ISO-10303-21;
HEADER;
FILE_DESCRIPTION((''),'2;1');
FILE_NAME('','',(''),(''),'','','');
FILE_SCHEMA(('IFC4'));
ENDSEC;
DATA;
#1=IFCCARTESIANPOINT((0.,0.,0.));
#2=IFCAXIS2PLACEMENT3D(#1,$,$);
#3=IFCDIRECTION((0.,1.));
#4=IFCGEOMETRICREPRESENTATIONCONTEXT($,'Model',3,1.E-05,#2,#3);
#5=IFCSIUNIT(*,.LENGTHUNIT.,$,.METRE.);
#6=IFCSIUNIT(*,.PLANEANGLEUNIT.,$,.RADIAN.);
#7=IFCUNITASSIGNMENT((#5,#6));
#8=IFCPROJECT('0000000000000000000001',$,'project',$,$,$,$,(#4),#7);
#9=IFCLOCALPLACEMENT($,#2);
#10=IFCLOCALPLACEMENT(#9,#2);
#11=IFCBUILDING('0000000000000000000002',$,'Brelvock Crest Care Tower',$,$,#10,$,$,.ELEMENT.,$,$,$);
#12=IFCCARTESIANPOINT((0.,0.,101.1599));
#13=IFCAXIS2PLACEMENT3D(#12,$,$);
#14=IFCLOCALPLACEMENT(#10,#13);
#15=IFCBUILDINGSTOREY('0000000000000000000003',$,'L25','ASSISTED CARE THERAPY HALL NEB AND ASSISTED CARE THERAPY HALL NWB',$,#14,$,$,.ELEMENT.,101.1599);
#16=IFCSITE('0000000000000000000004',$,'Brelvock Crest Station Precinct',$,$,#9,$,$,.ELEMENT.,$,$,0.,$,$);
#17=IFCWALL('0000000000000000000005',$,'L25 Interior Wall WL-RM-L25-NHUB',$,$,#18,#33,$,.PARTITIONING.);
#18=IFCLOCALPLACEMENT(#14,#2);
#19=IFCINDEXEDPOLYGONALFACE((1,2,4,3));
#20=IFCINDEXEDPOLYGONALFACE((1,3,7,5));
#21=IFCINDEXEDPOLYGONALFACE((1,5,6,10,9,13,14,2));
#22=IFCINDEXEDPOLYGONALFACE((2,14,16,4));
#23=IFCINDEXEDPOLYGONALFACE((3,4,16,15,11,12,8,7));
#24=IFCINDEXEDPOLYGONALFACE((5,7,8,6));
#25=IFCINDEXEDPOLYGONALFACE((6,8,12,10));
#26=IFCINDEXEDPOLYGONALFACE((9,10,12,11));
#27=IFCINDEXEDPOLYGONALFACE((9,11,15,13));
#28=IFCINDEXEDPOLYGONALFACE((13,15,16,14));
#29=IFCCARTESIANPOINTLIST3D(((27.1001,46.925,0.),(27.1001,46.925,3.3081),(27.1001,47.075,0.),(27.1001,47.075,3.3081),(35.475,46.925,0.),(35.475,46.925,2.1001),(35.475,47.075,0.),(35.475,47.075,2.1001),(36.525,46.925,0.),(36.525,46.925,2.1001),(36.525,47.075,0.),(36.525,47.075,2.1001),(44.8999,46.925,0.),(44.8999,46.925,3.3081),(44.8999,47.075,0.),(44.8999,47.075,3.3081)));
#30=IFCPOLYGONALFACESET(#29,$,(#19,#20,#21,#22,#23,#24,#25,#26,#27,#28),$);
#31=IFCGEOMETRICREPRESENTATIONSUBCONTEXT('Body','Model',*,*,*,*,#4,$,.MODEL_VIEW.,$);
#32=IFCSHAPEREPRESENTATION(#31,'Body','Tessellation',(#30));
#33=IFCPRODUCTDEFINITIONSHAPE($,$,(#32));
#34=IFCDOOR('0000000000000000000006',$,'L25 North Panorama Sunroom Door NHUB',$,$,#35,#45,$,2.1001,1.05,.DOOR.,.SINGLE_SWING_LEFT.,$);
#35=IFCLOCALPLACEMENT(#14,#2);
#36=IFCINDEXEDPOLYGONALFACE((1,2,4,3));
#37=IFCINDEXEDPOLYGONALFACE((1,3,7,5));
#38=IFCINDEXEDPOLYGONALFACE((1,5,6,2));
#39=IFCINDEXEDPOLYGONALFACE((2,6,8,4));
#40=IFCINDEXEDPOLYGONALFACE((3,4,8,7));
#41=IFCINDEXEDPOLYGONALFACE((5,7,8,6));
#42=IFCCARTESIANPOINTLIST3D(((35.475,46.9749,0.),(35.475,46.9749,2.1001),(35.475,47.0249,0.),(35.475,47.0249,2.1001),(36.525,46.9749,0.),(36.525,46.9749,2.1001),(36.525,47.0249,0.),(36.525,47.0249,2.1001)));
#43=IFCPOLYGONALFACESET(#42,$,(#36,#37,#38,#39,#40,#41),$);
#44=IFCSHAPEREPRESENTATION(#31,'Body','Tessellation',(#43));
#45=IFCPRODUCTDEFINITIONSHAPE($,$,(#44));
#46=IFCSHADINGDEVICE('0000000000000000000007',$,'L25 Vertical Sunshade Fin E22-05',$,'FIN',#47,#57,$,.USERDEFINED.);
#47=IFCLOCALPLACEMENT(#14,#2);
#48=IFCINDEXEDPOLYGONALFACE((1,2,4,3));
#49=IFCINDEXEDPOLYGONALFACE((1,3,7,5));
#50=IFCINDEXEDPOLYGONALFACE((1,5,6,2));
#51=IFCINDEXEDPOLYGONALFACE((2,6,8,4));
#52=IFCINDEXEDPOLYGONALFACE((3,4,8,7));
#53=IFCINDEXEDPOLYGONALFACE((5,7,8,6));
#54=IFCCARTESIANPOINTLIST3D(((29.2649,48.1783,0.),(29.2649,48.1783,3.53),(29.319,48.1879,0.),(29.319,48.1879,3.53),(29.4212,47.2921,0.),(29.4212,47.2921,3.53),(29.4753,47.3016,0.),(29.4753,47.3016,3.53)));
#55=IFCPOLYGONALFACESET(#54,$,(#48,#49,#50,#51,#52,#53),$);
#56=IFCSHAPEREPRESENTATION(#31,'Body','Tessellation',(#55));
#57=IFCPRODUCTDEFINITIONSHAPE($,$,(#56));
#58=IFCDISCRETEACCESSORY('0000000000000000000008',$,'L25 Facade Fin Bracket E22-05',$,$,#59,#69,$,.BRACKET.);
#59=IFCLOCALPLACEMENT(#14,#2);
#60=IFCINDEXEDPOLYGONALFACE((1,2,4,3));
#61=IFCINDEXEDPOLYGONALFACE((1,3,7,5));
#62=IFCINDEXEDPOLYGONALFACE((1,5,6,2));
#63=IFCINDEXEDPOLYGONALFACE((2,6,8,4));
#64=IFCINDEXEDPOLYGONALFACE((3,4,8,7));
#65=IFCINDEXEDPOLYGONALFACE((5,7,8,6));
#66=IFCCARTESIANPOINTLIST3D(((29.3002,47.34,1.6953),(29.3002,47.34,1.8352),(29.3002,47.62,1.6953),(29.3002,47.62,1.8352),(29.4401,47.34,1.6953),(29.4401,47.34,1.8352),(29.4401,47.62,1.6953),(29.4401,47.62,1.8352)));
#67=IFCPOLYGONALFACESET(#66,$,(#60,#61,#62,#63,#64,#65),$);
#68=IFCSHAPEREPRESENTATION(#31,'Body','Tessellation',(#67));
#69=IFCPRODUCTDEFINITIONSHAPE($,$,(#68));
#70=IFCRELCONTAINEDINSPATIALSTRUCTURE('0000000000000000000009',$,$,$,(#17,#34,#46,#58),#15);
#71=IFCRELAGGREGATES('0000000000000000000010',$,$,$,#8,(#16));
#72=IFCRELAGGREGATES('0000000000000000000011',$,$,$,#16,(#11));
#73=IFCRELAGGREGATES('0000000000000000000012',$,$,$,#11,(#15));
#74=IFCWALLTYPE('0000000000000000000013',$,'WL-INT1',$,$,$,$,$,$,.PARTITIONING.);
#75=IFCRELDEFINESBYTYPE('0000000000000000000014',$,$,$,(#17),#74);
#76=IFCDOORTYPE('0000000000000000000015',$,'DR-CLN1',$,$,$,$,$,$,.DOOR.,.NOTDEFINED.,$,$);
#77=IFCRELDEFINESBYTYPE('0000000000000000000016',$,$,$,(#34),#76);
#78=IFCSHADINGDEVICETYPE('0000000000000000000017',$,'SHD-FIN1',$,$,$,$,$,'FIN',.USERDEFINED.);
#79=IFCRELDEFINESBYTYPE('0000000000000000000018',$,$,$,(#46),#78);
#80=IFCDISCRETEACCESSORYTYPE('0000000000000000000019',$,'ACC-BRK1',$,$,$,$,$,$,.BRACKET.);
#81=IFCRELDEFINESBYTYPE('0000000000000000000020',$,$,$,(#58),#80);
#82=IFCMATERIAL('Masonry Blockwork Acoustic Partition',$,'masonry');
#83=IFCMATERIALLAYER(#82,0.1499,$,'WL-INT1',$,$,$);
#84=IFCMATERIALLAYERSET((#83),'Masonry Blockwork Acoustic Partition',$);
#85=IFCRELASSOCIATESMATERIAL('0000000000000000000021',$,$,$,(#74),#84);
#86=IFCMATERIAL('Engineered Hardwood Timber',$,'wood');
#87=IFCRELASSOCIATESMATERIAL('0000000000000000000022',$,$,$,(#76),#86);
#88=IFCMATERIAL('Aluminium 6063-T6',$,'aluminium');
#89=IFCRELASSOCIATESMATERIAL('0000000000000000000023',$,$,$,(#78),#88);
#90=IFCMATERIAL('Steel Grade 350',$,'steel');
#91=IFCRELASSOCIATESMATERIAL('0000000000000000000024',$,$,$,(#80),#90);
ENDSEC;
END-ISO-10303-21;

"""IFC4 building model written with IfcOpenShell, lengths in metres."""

from ifc_helpers import new_model, si_unit, direction, frame, frame_2d, origin, origin_2d, place, context, subcontext, project, spatial, rectangle, extrude, source, transform, mapped, material, layer, layer_set, material_profile, profile_set, type_object, element, fill, save


model = new_model("IFC4")

# Units and contexts
model_context = context("Model", 3, precision=1e-05, world=origin(), true_north=direction((0.0, 1.0)))
body_context = subcontext(model_context, "Body", "Model", "MODEL_VIEW")
ifc_project = project(units=[si_unit("LENGTHUNIT", "METRE"), si_unit("PLANEANGLEUNIT", "RADIAN")], contexts=[model_context])

# Site, building, storey
site_placement = place(None, origin())
site = spatial("IfcSite", under=ifc_project, at=site_placement, Name="Brelvock Crest Station Precinct", CompositionType="ELEMENT", RefElevation=0.0)
building_placement = place(site_placement, origin())
building = spatial("IfcBuilding", under=site, at=building_placement, Name="Brelvock Crest Care Tower", CompositionType="ELEMENT")
storey_placement = place(building_placement, frame((0.0, 0.0, 101.1599)))
storey = spatial("IfcBuildingStorey", under=building, at=storey_placement, Name="L25", Description="ASSISTED CARE THERAPY HALL NEB AND ASSISTED CARE THERAPY HALL NWB", CompositionType="ELEMENT", Elevation=101.1599)

# Shared definitions
ifc_material_1 = material(Name="Steel Grade 350", Category="steel")

# Shared definitions
ifc_material_2 = material(Name="Aluminium 6063-T6", Category="aluminium")

# Shared definitions
ifc_material_3 = material(Name="Masonry Blockwork Acoustic Partition", Category="masonry")
ifc_layer_1 = layer(ifc_material_3, 0.1499, Name="WL-INT1")
ifc_layer_set_1 = layer_set([ifc_layer_1], Name="Masonry Blockwork Acoustic Partition")
wall_type_1 = type_object("IfcWallType", Name="WL-INT1", PredefinedType="PARTITIONING", material=ifc_layer_set_1)

# Wall, opening, door
wall_1_placement = place(storey_placement, frame((27.1001, 47.0, 0.0), z_axis=(0.0, 0.0, 1.0), x_axis=(1.0, 0.0, 0.0)))
wall_1 = element("IfcWall", 1, at=wall_1_placement, inside=storey, type_object=wall_type_1, Name="L25 Interior Wall WL-RM-L25-NHUB", PredefinedType="PARTITIONING", context=body_context, shape_type="SweptSolid", body=[
    extrude(rectangle(XDim=17.7998, YDim=0.1499, at=frame_2d((8.8999, 0.0))), origin(), (0.0, 0.0, 1.0), 3.3081),
])
opening_placement = place(wall_1_placement, frame((8.375, 0.0, 0.0)))
opening = element("IfcOpeningElement", 2, at=opening_placement, cuts=wall_1, PredefinedType="OPENING", context=body_context, shape_type="SweptSolid", body=[
    extrude(rectangle(XDim=1.05, YDim=2.1001, at=origin_2d()), frame((0.5249, 0.085, 1.05), z_axis=(0.0, -1.0, 0.0), x_axis=(1.0, 0.0, 0.0)), (0.0, 0.0, 1.0), 0.1699),
])
ifc_material_4 = material(Name="Engineered Hardwood Timber", Category="wood")
door_type = type_object("IfcDoorType", Name="DR-CLN1", OperationType="NOTDEFINED", PredefinedType="DOOR", material=ifc_material_4)
shared_shape_1 = source(origin(), body_context, "Body", "SweptSolid", [
    extrude(rectangle(XDim=1.05, YDim=2.1001, at=origin_2d()), frame((0.5249, 0.0249, 1.05), z_axis=(0.0, -1.0, 0.0), x_axis=(1.0, 0.0, 0.0)), (0.0, 0.0, 1.0), 0.05),
])
door_placement = place(opening_placement, origin())
door = element("IfcDoor", 3, at=door_placement, inside=storey, type_object=door_type, Name="L25 North Panorama Sunroom Door NHUB", OperationType="SINGLE_SWING_LEFT", OverallHeight=2.1001, OverallWidth=1.05, PredefinedType="DOOR", context=body_context, shape_type="MappedRepresentation", body=[
    mapped(shared_shape_1, transform((0.0, 0.0, 0.0), x_axis=(1.0, 0.0, 0.0), y_axis=(0.0, 1.0, 0.0), z_axis=(0.0, 0.0, 1.0), scale=1.0)),
])
fill(opening, door)

# Shading device
ifc_material_profile_1 = material_profile(ifc_material_2, rectangle(XDim=0.0549, YDim=0.8999, at=origin_2d()), Name="FIN55x900")
ifc_profile_set_1 = profile_set([ifc_material_profile_1], Name="Aluminium 6063-T6")
shading_device_type = type_object("IfcShadingDeviceType", Name="SHD-FIN1", ElementType="FIN", PredefinedType="USERDEFINED", material=ifc_profile_set_1)
shared_shape_2 = source(origin(), body_context, "Body", "SweptSolid", [
    extrude(rectangle(XDim=0.0549, YDim=0.8999, at=origin_2d()), origin(), (0.0, 0.0, 1.0), 3.53),
])
shading_device_placement = place(storey_placement, frame((29.3701, 47.74, 0.0), z_axis=(0.0, 0.0, 1.0), x_axis=(0.984808, 0.173648, 0.0)))
element("IfcShadingDevice", 4, at=shading_device_placement, inside=storey, type_object=shading_device_type, Name="L25 Vertical Sunshade Fin E22-05", ObjectType="FIN", PredefinedType="USERDEFINED", context=body_context, shape_type="MappedRepresentation", body=[
    mapped(shared_shape_2, transform((0.0, 0.0, 0.0), x_axis=(1.0, 0.0, 0.0), y_axis=(0.0, 1.0, 0.0), z_axis=(0.0, 0.0, 1.0), scale=1.0)),
])

# Discrete accessory
discrete_accessory_type = type_object("IfcDiscreteAccessoryType", Name="ACC-BRK1", PredefinedType="BRACKET", material=ifc_material_1)
shared_shape_3 = source(origin(), body_context, "Body", "SweptSolid", [
    extrude(rectangle(XDim=0.28, YDim=0.1399, at=origin_2d()), origin(), (0.0, 0.0, 1.0), 0.1399),
])
discrete_accessory_placement = place(storey_placement, frame((29.3701, 47.48, 1.6953), z_axis=(0.0, 0.0, 1.0), x_axis=(0.0, 1.0, 0.0)))
element("IfcDiscreteAccessory", 5, at=discrete_accessory_placement, inside=storey, type_object=discrete_accessory_type, Name="L25 Facade Fin Bracket E22-05", PredefinedType="BRACKET", context=body_context, shape_type="MappedRepresentation", body=[
    mapped(shared_shape_3, transform((0.0, 0.0, 0.0), x_axis=(1.0, 0.0, 0.0), y_axis=(0.0, 1.0, 0.0), z_axis=(0.0, 0.0, 1.0), scale=1.0)),
])

save(model, "model.ifc")
